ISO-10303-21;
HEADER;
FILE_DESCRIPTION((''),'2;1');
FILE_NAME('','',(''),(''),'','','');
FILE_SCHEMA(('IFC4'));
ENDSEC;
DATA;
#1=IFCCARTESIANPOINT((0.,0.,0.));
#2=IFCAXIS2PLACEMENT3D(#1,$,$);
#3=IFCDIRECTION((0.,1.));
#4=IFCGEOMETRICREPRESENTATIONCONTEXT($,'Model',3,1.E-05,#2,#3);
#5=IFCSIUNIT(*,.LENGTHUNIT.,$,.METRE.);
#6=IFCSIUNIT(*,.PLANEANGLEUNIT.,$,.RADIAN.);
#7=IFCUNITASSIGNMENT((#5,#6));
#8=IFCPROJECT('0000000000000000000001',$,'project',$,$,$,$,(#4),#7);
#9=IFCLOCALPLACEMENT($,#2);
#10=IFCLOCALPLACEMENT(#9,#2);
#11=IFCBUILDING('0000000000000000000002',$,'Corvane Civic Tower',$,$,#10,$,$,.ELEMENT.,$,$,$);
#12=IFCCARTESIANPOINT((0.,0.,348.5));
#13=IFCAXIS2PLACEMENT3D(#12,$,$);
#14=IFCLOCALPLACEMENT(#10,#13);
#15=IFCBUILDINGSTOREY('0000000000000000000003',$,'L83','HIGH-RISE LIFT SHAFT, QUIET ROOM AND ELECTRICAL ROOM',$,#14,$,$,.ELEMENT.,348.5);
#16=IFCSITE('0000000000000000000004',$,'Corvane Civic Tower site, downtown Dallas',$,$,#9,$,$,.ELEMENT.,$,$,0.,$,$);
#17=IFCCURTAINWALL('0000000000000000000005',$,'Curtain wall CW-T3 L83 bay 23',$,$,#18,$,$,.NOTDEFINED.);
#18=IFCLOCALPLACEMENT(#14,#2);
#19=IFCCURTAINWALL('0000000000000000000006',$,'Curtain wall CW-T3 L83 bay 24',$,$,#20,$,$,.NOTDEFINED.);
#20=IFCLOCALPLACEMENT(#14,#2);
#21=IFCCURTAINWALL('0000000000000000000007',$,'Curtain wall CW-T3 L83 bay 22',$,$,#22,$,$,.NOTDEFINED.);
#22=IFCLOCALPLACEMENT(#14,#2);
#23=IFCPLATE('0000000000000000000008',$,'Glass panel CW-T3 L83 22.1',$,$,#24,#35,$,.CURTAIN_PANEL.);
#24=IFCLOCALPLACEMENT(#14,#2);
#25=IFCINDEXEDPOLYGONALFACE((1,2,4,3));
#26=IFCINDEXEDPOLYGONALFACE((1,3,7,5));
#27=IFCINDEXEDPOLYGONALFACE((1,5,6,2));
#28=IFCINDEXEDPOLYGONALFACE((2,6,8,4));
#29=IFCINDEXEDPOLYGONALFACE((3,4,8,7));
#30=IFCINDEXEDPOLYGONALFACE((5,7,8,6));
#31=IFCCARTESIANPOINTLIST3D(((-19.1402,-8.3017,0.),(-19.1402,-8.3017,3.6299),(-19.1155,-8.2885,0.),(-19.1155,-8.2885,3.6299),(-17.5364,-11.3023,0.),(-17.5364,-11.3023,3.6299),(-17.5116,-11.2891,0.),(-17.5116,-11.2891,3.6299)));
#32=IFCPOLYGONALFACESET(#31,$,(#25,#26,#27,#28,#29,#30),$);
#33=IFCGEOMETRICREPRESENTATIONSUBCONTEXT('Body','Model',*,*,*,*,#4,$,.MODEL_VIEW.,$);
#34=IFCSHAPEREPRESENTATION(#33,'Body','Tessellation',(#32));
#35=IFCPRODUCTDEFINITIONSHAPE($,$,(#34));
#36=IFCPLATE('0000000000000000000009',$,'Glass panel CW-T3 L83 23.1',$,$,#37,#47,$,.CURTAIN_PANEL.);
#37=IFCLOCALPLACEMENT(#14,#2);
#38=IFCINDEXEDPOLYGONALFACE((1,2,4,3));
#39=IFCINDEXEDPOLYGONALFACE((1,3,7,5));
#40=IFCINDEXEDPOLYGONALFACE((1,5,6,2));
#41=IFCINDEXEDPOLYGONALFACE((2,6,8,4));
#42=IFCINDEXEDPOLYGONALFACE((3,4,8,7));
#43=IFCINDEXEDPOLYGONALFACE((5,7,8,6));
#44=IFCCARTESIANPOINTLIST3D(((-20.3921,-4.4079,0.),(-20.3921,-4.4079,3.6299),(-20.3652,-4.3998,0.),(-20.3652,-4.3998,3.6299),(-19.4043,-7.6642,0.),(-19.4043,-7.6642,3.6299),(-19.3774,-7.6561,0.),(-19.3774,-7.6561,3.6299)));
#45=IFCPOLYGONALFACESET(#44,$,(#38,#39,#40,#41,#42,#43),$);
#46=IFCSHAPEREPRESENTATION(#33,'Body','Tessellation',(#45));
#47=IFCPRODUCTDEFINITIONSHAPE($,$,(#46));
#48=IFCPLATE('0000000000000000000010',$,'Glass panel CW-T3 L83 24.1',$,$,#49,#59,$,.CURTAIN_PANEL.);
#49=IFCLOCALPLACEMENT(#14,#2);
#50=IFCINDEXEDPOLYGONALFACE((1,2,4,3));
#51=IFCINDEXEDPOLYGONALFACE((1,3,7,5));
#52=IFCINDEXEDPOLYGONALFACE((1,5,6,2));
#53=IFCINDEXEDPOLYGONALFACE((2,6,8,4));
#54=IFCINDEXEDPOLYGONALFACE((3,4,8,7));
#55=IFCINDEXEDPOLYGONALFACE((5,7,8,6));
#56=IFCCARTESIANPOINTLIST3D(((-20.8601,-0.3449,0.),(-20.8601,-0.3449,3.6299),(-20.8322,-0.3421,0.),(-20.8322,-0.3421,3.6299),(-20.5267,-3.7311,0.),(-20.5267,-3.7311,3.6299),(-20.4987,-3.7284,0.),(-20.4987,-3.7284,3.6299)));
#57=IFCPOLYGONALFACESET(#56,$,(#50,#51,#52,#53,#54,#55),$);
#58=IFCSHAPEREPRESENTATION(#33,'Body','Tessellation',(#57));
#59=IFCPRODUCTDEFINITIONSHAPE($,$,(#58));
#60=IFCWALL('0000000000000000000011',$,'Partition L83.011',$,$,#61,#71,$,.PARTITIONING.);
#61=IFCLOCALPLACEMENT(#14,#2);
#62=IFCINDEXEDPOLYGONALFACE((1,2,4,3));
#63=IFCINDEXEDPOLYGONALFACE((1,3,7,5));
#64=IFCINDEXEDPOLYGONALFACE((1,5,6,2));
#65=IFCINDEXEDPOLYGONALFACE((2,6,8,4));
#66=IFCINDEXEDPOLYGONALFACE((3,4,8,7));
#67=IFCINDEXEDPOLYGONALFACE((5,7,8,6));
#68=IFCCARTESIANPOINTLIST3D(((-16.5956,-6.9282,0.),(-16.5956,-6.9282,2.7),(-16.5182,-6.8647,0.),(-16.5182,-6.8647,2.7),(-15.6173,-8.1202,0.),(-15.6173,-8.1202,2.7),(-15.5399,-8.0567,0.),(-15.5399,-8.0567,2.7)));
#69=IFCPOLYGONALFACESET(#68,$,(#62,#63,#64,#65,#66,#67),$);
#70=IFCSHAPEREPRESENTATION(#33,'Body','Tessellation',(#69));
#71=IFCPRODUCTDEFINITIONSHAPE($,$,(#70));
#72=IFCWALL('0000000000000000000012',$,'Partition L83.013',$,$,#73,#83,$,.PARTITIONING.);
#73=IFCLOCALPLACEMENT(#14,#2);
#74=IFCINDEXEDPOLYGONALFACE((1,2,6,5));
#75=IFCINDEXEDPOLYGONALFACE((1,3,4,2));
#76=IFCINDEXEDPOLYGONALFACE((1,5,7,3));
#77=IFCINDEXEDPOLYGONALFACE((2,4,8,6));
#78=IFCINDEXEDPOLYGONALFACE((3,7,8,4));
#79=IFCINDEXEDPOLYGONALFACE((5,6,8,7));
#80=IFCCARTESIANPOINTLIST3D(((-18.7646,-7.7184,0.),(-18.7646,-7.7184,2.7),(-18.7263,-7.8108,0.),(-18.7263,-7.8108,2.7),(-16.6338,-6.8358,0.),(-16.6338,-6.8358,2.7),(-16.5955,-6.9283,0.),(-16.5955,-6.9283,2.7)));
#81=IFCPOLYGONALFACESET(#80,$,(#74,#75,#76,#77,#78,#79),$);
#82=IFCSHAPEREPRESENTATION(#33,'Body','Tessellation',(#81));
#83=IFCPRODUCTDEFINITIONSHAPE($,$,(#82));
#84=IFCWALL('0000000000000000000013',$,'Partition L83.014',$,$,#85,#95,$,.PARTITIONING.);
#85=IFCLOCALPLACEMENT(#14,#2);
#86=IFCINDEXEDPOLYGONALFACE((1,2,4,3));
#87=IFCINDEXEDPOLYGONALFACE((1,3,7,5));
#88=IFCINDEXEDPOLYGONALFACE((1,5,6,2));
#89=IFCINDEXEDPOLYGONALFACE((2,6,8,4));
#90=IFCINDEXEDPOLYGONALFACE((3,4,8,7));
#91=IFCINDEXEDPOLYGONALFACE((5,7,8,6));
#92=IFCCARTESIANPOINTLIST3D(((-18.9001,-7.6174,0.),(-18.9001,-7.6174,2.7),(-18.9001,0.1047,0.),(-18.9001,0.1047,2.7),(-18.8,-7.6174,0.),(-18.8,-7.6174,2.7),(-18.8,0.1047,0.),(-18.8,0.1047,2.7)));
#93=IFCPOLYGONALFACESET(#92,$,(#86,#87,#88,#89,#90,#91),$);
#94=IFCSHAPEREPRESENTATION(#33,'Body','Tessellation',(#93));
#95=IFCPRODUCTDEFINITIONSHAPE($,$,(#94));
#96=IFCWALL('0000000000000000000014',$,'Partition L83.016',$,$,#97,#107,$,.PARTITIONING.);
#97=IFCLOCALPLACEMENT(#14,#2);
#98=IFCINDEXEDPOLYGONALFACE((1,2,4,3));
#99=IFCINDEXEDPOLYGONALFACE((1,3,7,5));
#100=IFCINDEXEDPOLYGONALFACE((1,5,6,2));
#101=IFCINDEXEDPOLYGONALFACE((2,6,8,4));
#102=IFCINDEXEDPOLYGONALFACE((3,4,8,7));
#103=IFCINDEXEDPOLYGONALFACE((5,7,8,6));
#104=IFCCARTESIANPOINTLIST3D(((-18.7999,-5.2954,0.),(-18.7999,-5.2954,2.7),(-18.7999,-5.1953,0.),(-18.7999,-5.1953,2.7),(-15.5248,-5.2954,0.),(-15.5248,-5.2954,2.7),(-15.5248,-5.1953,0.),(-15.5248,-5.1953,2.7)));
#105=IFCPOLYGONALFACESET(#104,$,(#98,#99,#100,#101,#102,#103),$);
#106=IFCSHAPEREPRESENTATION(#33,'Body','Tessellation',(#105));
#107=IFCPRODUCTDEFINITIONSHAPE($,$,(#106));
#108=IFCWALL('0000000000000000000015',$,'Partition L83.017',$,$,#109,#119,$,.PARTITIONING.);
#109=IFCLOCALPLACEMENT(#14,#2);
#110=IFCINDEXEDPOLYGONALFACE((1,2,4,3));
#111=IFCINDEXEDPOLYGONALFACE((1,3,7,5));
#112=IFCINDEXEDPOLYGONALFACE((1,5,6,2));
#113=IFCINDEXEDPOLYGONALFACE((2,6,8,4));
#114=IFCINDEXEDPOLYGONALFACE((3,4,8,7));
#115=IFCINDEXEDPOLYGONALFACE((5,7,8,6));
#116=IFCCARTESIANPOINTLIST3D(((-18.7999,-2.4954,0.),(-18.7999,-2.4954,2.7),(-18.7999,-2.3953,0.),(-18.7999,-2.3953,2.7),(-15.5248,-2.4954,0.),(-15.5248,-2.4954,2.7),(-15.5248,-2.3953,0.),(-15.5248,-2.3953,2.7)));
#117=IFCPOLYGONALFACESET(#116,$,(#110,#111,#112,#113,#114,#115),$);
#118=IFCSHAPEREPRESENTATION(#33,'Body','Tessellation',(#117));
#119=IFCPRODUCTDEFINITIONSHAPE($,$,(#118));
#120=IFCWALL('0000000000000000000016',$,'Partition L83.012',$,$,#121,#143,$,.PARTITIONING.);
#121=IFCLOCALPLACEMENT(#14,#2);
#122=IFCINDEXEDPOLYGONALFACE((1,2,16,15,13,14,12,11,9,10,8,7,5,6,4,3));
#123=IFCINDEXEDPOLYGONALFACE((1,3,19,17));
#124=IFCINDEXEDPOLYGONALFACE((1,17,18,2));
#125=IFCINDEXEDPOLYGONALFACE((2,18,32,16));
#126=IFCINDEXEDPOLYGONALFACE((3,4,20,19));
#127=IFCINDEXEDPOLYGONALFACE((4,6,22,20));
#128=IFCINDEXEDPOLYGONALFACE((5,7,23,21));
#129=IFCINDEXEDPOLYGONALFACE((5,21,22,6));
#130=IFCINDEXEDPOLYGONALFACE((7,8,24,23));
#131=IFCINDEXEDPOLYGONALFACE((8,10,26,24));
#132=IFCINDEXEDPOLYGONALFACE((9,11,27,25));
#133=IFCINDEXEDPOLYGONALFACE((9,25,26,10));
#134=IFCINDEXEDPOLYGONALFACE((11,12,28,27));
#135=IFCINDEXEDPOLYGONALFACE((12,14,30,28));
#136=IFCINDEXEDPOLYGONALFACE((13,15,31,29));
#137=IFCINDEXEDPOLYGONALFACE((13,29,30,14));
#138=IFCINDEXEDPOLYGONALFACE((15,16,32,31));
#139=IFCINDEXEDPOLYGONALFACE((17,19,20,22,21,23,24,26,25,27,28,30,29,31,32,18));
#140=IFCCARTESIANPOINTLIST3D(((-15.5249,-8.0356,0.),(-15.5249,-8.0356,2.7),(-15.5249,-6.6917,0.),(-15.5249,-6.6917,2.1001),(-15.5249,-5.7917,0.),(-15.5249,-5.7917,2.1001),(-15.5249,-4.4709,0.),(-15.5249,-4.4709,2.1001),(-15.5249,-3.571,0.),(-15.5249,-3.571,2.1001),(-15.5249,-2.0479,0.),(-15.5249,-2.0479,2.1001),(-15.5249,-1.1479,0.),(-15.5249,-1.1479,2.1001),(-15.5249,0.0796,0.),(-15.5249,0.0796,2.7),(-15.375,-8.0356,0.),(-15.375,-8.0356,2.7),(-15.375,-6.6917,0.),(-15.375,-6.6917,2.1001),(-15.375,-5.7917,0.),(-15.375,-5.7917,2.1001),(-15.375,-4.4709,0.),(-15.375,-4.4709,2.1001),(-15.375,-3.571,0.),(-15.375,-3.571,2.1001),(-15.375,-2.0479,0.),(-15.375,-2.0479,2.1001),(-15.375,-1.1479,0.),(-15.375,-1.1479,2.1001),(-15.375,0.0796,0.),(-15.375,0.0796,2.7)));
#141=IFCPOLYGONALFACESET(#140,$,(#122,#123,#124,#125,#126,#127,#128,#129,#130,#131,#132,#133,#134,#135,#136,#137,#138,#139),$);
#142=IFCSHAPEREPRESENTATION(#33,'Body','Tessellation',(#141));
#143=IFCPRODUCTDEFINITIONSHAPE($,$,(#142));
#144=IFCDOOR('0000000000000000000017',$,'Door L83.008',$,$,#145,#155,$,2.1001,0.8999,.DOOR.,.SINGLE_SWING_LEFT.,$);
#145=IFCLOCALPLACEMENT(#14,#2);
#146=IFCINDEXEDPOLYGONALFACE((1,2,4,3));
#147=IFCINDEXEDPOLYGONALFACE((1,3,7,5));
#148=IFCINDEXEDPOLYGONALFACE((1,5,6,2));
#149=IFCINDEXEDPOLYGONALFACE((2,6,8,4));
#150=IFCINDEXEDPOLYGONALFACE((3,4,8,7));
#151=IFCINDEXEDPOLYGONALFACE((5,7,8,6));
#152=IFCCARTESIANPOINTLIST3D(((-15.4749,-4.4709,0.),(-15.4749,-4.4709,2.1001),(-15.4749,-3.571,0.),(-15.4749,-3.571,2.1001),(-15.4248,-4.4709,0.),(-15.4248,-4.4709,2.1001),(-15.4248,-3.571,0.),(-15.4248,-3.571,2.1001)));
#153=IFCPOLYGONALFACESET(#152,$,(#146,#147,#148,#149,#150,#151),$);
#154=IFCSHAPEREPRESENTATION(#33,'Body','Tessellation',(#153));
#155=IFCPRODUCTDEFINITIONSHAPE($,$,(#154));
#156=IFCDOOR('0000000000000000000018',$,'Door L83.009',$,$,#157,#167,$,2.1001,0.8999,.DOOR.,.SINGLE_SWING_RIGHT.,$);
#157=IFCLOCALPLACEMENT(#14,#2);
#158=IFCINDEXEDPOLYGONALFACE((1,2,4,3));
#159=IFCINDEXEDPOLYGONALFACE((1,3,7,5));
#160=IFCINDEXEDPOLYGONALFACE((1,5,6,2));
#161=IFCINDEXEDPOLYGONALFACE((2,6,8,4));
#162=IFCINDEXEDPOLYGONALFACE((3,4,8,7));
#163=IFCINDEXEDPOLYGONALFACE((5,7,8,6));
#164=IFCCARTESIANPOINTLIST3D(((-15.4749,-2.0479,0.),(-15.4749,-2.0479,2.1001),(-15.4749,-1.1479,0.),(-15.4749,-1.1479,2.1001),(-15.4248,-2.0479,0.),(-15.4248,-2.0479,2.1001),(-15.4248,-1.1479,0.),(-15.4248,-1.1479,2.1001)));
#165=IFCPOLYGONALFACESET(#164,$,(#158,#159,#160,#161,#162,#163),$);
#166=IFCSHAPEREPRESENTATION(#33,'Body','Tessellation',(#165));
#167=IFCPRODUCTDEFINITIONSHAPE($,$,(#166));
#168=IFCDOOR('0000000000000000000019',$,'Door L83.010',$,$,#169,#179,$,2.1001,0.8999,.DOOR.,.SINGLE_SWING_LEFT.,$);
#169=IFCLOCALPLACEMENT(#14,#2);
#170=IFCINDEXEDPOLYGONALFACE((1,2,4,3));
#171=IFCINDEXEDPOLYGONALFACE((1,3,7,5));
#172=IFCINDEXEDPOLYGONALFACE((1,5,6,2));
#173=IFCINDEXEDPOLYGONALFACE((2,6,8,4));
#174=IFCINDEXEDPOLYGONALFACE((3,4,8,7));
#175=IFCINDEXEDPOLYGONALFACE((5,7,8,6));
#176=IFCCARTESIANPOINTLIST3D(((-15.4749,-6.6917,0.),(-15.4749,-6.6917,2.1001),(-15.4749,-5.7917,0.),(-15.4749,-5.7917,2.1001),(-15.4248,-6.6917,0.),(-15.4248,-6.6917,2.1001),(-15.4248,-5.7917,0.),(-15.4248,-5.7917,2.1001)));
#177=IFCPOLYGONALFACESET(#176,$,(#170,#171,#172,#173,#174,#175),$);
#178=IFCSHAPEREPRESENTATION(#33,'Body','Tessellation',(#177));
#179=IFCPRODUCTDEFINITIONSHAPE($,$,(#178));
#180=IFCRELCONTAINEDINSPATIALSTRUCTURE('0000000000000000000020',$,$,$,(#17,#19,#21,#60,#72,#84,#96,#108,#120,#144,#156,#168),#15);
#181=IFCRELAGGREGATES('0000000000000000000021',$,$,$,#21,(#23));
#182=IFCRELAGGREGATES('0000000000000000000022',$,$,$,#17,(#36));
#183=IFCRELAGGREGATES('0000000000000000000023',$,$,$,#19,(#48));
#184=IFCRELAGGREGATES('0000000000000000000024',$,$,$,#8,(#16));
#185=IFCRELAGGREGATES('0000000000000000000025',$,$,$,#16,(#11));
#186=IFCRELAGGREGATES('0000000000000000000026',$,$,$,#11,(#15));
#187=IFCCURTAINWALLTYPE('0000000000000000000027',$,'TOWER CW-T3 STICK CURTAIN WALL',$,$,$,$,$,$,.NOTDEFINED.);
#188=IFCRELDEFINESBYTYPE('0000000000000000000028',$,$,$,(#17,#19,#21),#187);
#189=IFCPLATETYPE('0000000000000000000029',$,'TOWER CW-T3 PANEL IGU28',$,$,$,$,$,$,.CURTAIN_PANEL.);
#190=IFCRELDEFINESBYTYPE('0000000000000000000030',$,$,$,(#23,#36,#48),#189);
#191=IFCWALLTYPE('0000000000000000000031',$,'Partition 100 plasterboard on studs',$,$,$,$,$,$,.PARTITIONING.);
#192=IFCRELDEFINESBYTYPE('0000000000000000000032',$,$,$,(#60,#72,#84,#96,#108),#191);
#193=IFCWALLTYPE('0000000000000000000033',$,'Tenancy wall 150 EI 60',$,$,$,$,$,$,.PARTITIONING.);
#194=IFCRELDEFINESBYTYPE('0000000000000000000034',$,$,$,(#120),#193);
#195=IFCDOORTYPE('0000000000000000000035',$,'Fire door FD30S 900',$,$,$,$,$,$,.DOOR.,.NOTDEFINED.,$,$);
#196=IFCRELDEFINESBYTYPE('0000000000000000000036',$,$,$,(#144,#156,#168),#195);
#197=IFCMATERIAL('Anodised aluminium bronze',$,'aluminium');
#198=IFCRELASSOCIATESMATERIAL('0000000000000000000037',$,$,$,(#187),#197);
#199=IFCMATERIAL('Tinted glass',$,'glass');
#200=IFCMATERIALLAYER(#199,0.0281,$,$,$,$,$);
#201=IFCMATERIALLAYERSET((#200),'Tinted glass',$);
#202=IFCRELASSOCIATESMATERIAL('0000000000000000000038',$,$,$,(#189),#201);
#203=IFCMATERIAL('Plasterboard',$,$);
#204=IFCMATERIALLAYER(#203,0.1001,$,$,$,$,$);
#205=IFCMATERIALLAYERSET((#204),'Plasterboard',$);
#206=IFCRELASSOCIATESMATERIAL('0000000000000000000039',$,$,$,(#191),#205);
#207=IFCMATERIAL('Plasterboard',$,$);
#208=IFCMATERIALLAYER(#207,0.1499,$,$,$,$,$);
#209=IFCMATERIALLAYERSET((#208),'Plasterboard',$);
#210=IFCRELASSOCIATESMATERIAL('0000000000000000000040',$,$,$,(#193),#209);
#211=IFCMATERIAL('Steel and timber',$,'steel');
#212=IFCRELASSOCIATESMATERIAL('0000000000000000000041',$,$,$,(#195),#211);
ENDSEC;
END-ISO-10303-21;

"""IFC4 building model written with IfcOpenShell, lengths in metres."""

from ifc_helpers import new_model, si_unit, direction, frame, frame_2d, origin, origin_2d, place, context, subcontext, project, spatial, rectangle, extrude, material, layer, layer_set, type_object, element, fill, aggregate, save


model = new_model("IFC4")

# Units and contexts
model_context = context("Model", 3, precision=1e-05, world=origin(), true_north=direction((0.0, 1.0)))
body_context = subcontext(model_context, "Body", "Model", "MODEL_VIEW")
ifc_project = project(units=[si_unit("LENGTHUNIT", "METRE"), si_unit("PLANEANGLEUNIT", "RADIAN")], contexts=[model_context])

# Site, building, storey
site_placement = place(None, origin())
site = spatial("IfcSite", under=ifc_project, at=site_placement, Name="Corvane Civic Tower site, downtown Dallas", CompositionType="ELEMENT", RefElevation=0.0)
building_placement = place(site_placement, origin())
building = spatial("IfcBuilding", under=site, at=building_placement, Name="Corvane Civic Tower", CompositionType="ELEMENT")
storey_placement = place(building_placement, frame((0.0, 0.0, 348.5)))
storey = spatial("IfcBuildingStorey", under=building, at=storey_placement, Name="L83", Description="HIGH-RISE LIFT SHAFT, QUIET ROOM AND ELECTRICAL ROOM", CompositionType="ELEMENT", Elevation=348.5)

# Curtain walls
ifc_material_1 = material(Name="Anodised aluminium bronze", Category="aluminium")
curtain_wall_type = type_object("IfcCurtainWallType", Name="TOWER CW-T3 STICK CURTAIN WALL", PredefinedType="NOTDEFINED", material=ifc_material_1)
curtain_wall_1_placement = place(storey_placement, origin())
curtain_wall_1 = element("IfcCurtainWall", 1, at=curtain_wall_1_placement, inside=storey, type_object=curtain_wall_type, Name="Curtain wall CW-T3 L83 bay 23", PredefinedType="NOTDEFINED")
curtain_wall_2_placement = place(storey_placement, origin())
curtain_wall_2 = element("IfcCurtainWall", 2, at=curtain_wall_2_placement, inside=storey, type_object=curtain_wall_type, Name="Curtain wall CW-T3 L83 bay 24", PredefinedType="NOTDEFINED")

# Curtain wall, plate
curtain_wall_3_placement = place(storey_placement, origin())
curtain_wall_3 = element("IfcCurtainWall", 3, at=curtain_wall_3_placement, inside=storey, type_object=curtain_wall_type, Name="Curtain wall CW-T3 L83 bay 22", PredefinedType="NOTDEFINED")
ifc_material_2 = material(Name="Tinted glass", Category="glass")
ifc_layer_1 = layer(ifc_material_2, 0.0281)
ifc_layer_set_1 = layer_set([ifc_layer_1], Name="Tinted glass")
plate_type = type_object("IfcPlateType", Name="TOWER CW-T3 PANEL IGU28", PredefinedType="CURTAIN_PANEL", material=ifc_layer_set_1)
plate_1_placement = place(storey_placement, frame((-18.3259, -9.7954, 0.0), z_axis=(0.0, 0.0, 1.0), x_axis=(-0.471384, 0.881928, 0.0)))
plate_1 = element("IfcPlate", 4, at=plate_1_placement, type_object=plate_type, Name="Glass panel CW-T3 L83 22.1", PredefinedType="CURTAIN_PANEL", context=body_context, shape_type="SweptSolid", body=[
    extrude(rectangle(XDim=3.4023, YDim=0.0281, at=origin_2d()), origin(), (0.0, 0.0, 1.0), 3.6299),
])
aggregate(curtain_wall_3, [plate_1])

# Plates
plate_2_placement = place(storey_placement, frame((-19.8848, -6.032, 0.0), z_axis=(0.0, 0.0, 1.0), x_axis=(-0.29029, 0.956939, 0.0)))
plate_2 = element("IfcPlate", 5, at=plate_2_placement, type_object=plate_type, Name="Glass panel CW-T3 L83 23.1", PredefinedType="CURTAIN_PANEL", context=body_context, shape_type="SweptSolid", body=[
    extrude(rectangle(XDim=3.4028, YDim=0.0281, at=origin_2d()), origin(), (0.0, 0.0, 1.0), 3.6299),
])
aggregate(curtain_wall_1, [plate_2])
plate_3_placement = place(storey_placement, frame((-20.6794, -2.0366, 0.0), z_axis=(0.0, 0.0, 1.0), x_axis=(-0.097998, 0.995187, 0.0)))
plate_3 = element("IfcPlate", 6, at=plate_3_placement, type_object=plate_type, Name="Glass panel CW-T3 L83 24.1", PredefinedType="CURTAIN_PANEL", context=body_context, shape_type="SweptSolid", body=[
    extrude(rectangle(XDim=3.4026, YDim=0.0281, at=origin_2d()), origin(), (0.0, 0.0, 1.0), 3.6299),
])
aggregate(curtain_wall_2, [plate_3])

# Walls
ifc_material_3 = material(Name="Plasterboard")
ifc_layer_2 = layer(ifc_material_3, 0.1001)
ifc_layer_set_2 = layer_set([ifc_layer_2], Name="Plasterboard")
wall_type_1 = type_object("IfcWallType", Name="Partition 100 plasterboard on studs", PredefinedType="PARTITIONING", material=ifc_layer_set_2)
wall_1_placement = place(storey_placement, frame((-16.5569, -6.8965, 0.0), z_axis=(0.0, 0.0, 1.0), x_axis=(0.634435, -0.772976, 0.0)))
element("IfcWall", 7, at=wall_1_placement, inside=storey, type_object=wall_type_1, Name="Partition L83.011", PredefinedType="PARTITIONING", context=body_context, shape_type="SweptSolid", body=[
    extrude(rectangle(XDim=1.542, YDim=0.1001, at=frame_2d((0.771, 0.0))), origin(), (0.0, 0.0, 1.0), 2.7),
])
wall_2_placement = place(storey_placement, frame((-18.7456, -7.7646, 0.0), z_axis=(0.0, 0.0, 1.0), x_axis=(0.923889, 0.38266, 0.0)))
element("IfcWall", 8, at=wall_2_placement, inside=storey, type_object=wall_type_1, Name="Partition L83.013", PredefinedType="PARTITIONING", context=body_context, shape_type="SweptSolid", body=[
    extrude(rectangle(XDim=2.3064, YDim=0.1001, at=frame_2d((1.1533, 0.0))), origin(), (0.0, 0.0, 1.0), 2.7),
])
wall_3_placement = place(storey_placement, frame((-18.8501, -7.6174, 0.0), z_axis=(0.0, 0.0, 1.0), x_axis=(0.0, 1.0, 0.0)))
element("IfcWall", 9, at=wall_3_placement, inside=storey, type_object=wall_type_1, Name="Partition L83.014", PredefinedType="PARTITIONING", context=body_context, shape_type="SweptSolid", body=[
    extrude(rectangle(XDim=7.7222, YDim=0.1001, at=frame_2d((3.8611, 0.0))), origin(), (0.0, 0.0, 1.0), 2.7),
])
for number, where, z_axis, x_axis, name in (
    (10, (-18.8, -5.2454, 0.0), (0.0, 0.0, 1.0), (1.0, 0.0, 0.0), "Partition L83.016"),
    (11, (-18.8, -2.4453, 0.0), (0.0, 0.0, 1.0), (1.0, 0.0, 0.0), "Partition L83.017"),
):
    element("IfcWall", number, at=place(storey_placement, frame(where, z_axis=z_axis, x_axis=x_axis)), inside=storey, type_object=wall_type_1, Name=name, PredefinedType="PARTITIONING", context=body_context, shape_type="SweptSolid", body=[
        extrude(rectangle(XDim=3.2751, YDim=0.1001, at=frame_2d((1.6377, 0.0))), origin(), (0.0, 0.0, 1.0), 2.7),
    ])

# Wall, openings, doors
ifc_material_4 = material(Name="Plasterboard")
ifc_layer_3 = layer(ifc_material_4, 0.1499)
ifc_layer_set_3 = layer_set([ifc_layer_3], Name="Plasterboard")
wall_type_2 = type_object("IfcWallType", Name="Tenancy wall 150 EI 60", PredefinedType="PARTITIONING", material=ifc_layer_set_3)
wall_4_placement = place(storey_placement, frame((-15.45, -8.0356, 0.0), z_axis=(0.0, 0.0, 1.0), x_axis=(0.0, 1.0, 0.0)))
wall_4 = element("IfcWall", 12, at=wall_4_placement, inside=storey, type_object=wall_type_2, Name="Partition L83.012", PredefinedType="PARTITIONING", context=body_context, shape_type="SweptSolid", body=[
    extrude(rectangle(XDim=8.1152, YDim=0.1499, at=frame_2d((4.0576, 0.0))), origin(), (0.0, 0.0, 1.0), 2.7),
])
opening_1_placement = place(wall_4_placement, frame((3.5647, 0.0, 0.0)))
opening_1 = element("IfcOpeningElement", 13, at=opening_1_placement, cuts=wall_4, PredefinedType="OPENING", context=body_context, shape_type="SweptSolid", body=[
    extrude(rectangle(XDim=0.8999, YDim=2.1001, at=frame_2d((0.45, 1.05))), frame((0.0, 0.085, 0.0), z_axis=(0.0, -1.0, 0.0), x_axis=(1.0, 0.0, 0.0)), (0.0, 0.0, 1.0), 0.1699),
])
opening_2_placement = place(wall_4_placement, frame((5.9878, 0.0, 0.0)))
opening_2 = element("IfcOpeningElement", 14, at=opening_2_placement, cuts=wall_4, PredefinedType="OPENING", context=body_context, shape_type="SweptSolid", body=[
    extrude(rectangle(XDim=0.8999, YDim=2.1001, at=frame_2d((0.45, 1.05))), frame((0.0, 0.085, 0.0), z_axis=(0.0, -1.0, 0.0), x_axis=(1.0, 0.0, 0.0)), (0.0, 0.0, 1.0), 0.1699),
])
opening_3_placement = place(wall_4_placement, frame((1.344, 0.0, 0.0)))
opening_3 = element("IfcOpeningElement", 15, at=opening_3_placement, cuts=wall_4, PredefinedType="OPENING", context=body_context, shape_type="SweptSolid", body=[
    extrude(rectangle(XDim=0.8999, YDim=2.1001, at=frame_2d((0.45, 1.05))), frame((0.0, 0.085, 0.0), z_axis=(0.0, -1.0, 0.0), x_axis=(1.0, 0.0, 0.0)), (0.0, 0.0, 1.0), 0.1699),
])
ifc_material_5 = material(Name="Steel and timber", Category="steel")
door_type = type_object("IfcDoorType", Name="Fire door FD30S 900", OperationType="NOTDEFINED", PredefinedType="DOOR", material=ifc_material_5)
door_1_placement = place(opening_1_placement, origin())
door_1 = element("IfcDoor", 16, at=door_1_placement, inside=storey, type_object=door_type, Name="Door L83.008", OperationType="SINGLE_SWING_LEFT", OverallHeight=2.1001, OverallWidth=0.8999, PredefinedType="DOOR", context=body_context, shape_type="SweptSolid", body=[
    extrude(rectangle(XDim=0.8999, YDim=2.1001, at=frame_2d((0.45, 1.05))), frame((0.0, 0.0249, 0.0), z_axis=(0.0, -1.0, 0.0), x_axis=(1.0, 0.0, 0.0)), (0.0, 0.0, 1.0), 0.05),
])
fill(opening_1, door_1)
door_2_placement = place(opening_2_placement, origin())
door_2 = element("IfcDoor", 17, at=door_2_placement, inside=storey, type_object=door_type, Name="Door L83.009", OperationType="SINGLE_SWING_RIGHT", OverallHeight=2.1001, OverallWidth=0.8999, PredefinedType="DOOR", context=body_context, shape_type="SweptSolid", body=[
    extrude(rectangle(XDim=0.8999, YDim=2.1001, at=frame_2d((0.45, 1.05))), frame((0.0, 0.0249, 0.0), z_axis=(0.0, -1.0, 0.0), x_axis=(1.0, 0.0, 0.0)), (0.0, 0.0, 1.0), 0.05),
])
fill(opening_2, door_2)
door_3_placement = place(opening_3_placement, origin())
door_3 = element("IfcDoor", 18, at=door_3_placement, inside=storey, type_object=door_type, Name="Door L83.010", OperationType="SINGLE_SWING_LEFT", OverallHeight=2.1001, OverallWidth=0.8999, PredefinedType="DOOR", context=body_context, shape_type="SweptSolid", body=[
    extrude(rectangle(XDim=0.8999, YDim=2.1001, at=frame_2d((0.45, 1.05))), frame((0.0, 0.0249, 0.0), z_axis=(0.0, -1.0, 0.0), x_axis=(1.0, 0.0, 0.0)), (0.0, 0.0, 1.0), 0.05),
])
fill(opening_3, door_3)

save(model, "model.ifc")
